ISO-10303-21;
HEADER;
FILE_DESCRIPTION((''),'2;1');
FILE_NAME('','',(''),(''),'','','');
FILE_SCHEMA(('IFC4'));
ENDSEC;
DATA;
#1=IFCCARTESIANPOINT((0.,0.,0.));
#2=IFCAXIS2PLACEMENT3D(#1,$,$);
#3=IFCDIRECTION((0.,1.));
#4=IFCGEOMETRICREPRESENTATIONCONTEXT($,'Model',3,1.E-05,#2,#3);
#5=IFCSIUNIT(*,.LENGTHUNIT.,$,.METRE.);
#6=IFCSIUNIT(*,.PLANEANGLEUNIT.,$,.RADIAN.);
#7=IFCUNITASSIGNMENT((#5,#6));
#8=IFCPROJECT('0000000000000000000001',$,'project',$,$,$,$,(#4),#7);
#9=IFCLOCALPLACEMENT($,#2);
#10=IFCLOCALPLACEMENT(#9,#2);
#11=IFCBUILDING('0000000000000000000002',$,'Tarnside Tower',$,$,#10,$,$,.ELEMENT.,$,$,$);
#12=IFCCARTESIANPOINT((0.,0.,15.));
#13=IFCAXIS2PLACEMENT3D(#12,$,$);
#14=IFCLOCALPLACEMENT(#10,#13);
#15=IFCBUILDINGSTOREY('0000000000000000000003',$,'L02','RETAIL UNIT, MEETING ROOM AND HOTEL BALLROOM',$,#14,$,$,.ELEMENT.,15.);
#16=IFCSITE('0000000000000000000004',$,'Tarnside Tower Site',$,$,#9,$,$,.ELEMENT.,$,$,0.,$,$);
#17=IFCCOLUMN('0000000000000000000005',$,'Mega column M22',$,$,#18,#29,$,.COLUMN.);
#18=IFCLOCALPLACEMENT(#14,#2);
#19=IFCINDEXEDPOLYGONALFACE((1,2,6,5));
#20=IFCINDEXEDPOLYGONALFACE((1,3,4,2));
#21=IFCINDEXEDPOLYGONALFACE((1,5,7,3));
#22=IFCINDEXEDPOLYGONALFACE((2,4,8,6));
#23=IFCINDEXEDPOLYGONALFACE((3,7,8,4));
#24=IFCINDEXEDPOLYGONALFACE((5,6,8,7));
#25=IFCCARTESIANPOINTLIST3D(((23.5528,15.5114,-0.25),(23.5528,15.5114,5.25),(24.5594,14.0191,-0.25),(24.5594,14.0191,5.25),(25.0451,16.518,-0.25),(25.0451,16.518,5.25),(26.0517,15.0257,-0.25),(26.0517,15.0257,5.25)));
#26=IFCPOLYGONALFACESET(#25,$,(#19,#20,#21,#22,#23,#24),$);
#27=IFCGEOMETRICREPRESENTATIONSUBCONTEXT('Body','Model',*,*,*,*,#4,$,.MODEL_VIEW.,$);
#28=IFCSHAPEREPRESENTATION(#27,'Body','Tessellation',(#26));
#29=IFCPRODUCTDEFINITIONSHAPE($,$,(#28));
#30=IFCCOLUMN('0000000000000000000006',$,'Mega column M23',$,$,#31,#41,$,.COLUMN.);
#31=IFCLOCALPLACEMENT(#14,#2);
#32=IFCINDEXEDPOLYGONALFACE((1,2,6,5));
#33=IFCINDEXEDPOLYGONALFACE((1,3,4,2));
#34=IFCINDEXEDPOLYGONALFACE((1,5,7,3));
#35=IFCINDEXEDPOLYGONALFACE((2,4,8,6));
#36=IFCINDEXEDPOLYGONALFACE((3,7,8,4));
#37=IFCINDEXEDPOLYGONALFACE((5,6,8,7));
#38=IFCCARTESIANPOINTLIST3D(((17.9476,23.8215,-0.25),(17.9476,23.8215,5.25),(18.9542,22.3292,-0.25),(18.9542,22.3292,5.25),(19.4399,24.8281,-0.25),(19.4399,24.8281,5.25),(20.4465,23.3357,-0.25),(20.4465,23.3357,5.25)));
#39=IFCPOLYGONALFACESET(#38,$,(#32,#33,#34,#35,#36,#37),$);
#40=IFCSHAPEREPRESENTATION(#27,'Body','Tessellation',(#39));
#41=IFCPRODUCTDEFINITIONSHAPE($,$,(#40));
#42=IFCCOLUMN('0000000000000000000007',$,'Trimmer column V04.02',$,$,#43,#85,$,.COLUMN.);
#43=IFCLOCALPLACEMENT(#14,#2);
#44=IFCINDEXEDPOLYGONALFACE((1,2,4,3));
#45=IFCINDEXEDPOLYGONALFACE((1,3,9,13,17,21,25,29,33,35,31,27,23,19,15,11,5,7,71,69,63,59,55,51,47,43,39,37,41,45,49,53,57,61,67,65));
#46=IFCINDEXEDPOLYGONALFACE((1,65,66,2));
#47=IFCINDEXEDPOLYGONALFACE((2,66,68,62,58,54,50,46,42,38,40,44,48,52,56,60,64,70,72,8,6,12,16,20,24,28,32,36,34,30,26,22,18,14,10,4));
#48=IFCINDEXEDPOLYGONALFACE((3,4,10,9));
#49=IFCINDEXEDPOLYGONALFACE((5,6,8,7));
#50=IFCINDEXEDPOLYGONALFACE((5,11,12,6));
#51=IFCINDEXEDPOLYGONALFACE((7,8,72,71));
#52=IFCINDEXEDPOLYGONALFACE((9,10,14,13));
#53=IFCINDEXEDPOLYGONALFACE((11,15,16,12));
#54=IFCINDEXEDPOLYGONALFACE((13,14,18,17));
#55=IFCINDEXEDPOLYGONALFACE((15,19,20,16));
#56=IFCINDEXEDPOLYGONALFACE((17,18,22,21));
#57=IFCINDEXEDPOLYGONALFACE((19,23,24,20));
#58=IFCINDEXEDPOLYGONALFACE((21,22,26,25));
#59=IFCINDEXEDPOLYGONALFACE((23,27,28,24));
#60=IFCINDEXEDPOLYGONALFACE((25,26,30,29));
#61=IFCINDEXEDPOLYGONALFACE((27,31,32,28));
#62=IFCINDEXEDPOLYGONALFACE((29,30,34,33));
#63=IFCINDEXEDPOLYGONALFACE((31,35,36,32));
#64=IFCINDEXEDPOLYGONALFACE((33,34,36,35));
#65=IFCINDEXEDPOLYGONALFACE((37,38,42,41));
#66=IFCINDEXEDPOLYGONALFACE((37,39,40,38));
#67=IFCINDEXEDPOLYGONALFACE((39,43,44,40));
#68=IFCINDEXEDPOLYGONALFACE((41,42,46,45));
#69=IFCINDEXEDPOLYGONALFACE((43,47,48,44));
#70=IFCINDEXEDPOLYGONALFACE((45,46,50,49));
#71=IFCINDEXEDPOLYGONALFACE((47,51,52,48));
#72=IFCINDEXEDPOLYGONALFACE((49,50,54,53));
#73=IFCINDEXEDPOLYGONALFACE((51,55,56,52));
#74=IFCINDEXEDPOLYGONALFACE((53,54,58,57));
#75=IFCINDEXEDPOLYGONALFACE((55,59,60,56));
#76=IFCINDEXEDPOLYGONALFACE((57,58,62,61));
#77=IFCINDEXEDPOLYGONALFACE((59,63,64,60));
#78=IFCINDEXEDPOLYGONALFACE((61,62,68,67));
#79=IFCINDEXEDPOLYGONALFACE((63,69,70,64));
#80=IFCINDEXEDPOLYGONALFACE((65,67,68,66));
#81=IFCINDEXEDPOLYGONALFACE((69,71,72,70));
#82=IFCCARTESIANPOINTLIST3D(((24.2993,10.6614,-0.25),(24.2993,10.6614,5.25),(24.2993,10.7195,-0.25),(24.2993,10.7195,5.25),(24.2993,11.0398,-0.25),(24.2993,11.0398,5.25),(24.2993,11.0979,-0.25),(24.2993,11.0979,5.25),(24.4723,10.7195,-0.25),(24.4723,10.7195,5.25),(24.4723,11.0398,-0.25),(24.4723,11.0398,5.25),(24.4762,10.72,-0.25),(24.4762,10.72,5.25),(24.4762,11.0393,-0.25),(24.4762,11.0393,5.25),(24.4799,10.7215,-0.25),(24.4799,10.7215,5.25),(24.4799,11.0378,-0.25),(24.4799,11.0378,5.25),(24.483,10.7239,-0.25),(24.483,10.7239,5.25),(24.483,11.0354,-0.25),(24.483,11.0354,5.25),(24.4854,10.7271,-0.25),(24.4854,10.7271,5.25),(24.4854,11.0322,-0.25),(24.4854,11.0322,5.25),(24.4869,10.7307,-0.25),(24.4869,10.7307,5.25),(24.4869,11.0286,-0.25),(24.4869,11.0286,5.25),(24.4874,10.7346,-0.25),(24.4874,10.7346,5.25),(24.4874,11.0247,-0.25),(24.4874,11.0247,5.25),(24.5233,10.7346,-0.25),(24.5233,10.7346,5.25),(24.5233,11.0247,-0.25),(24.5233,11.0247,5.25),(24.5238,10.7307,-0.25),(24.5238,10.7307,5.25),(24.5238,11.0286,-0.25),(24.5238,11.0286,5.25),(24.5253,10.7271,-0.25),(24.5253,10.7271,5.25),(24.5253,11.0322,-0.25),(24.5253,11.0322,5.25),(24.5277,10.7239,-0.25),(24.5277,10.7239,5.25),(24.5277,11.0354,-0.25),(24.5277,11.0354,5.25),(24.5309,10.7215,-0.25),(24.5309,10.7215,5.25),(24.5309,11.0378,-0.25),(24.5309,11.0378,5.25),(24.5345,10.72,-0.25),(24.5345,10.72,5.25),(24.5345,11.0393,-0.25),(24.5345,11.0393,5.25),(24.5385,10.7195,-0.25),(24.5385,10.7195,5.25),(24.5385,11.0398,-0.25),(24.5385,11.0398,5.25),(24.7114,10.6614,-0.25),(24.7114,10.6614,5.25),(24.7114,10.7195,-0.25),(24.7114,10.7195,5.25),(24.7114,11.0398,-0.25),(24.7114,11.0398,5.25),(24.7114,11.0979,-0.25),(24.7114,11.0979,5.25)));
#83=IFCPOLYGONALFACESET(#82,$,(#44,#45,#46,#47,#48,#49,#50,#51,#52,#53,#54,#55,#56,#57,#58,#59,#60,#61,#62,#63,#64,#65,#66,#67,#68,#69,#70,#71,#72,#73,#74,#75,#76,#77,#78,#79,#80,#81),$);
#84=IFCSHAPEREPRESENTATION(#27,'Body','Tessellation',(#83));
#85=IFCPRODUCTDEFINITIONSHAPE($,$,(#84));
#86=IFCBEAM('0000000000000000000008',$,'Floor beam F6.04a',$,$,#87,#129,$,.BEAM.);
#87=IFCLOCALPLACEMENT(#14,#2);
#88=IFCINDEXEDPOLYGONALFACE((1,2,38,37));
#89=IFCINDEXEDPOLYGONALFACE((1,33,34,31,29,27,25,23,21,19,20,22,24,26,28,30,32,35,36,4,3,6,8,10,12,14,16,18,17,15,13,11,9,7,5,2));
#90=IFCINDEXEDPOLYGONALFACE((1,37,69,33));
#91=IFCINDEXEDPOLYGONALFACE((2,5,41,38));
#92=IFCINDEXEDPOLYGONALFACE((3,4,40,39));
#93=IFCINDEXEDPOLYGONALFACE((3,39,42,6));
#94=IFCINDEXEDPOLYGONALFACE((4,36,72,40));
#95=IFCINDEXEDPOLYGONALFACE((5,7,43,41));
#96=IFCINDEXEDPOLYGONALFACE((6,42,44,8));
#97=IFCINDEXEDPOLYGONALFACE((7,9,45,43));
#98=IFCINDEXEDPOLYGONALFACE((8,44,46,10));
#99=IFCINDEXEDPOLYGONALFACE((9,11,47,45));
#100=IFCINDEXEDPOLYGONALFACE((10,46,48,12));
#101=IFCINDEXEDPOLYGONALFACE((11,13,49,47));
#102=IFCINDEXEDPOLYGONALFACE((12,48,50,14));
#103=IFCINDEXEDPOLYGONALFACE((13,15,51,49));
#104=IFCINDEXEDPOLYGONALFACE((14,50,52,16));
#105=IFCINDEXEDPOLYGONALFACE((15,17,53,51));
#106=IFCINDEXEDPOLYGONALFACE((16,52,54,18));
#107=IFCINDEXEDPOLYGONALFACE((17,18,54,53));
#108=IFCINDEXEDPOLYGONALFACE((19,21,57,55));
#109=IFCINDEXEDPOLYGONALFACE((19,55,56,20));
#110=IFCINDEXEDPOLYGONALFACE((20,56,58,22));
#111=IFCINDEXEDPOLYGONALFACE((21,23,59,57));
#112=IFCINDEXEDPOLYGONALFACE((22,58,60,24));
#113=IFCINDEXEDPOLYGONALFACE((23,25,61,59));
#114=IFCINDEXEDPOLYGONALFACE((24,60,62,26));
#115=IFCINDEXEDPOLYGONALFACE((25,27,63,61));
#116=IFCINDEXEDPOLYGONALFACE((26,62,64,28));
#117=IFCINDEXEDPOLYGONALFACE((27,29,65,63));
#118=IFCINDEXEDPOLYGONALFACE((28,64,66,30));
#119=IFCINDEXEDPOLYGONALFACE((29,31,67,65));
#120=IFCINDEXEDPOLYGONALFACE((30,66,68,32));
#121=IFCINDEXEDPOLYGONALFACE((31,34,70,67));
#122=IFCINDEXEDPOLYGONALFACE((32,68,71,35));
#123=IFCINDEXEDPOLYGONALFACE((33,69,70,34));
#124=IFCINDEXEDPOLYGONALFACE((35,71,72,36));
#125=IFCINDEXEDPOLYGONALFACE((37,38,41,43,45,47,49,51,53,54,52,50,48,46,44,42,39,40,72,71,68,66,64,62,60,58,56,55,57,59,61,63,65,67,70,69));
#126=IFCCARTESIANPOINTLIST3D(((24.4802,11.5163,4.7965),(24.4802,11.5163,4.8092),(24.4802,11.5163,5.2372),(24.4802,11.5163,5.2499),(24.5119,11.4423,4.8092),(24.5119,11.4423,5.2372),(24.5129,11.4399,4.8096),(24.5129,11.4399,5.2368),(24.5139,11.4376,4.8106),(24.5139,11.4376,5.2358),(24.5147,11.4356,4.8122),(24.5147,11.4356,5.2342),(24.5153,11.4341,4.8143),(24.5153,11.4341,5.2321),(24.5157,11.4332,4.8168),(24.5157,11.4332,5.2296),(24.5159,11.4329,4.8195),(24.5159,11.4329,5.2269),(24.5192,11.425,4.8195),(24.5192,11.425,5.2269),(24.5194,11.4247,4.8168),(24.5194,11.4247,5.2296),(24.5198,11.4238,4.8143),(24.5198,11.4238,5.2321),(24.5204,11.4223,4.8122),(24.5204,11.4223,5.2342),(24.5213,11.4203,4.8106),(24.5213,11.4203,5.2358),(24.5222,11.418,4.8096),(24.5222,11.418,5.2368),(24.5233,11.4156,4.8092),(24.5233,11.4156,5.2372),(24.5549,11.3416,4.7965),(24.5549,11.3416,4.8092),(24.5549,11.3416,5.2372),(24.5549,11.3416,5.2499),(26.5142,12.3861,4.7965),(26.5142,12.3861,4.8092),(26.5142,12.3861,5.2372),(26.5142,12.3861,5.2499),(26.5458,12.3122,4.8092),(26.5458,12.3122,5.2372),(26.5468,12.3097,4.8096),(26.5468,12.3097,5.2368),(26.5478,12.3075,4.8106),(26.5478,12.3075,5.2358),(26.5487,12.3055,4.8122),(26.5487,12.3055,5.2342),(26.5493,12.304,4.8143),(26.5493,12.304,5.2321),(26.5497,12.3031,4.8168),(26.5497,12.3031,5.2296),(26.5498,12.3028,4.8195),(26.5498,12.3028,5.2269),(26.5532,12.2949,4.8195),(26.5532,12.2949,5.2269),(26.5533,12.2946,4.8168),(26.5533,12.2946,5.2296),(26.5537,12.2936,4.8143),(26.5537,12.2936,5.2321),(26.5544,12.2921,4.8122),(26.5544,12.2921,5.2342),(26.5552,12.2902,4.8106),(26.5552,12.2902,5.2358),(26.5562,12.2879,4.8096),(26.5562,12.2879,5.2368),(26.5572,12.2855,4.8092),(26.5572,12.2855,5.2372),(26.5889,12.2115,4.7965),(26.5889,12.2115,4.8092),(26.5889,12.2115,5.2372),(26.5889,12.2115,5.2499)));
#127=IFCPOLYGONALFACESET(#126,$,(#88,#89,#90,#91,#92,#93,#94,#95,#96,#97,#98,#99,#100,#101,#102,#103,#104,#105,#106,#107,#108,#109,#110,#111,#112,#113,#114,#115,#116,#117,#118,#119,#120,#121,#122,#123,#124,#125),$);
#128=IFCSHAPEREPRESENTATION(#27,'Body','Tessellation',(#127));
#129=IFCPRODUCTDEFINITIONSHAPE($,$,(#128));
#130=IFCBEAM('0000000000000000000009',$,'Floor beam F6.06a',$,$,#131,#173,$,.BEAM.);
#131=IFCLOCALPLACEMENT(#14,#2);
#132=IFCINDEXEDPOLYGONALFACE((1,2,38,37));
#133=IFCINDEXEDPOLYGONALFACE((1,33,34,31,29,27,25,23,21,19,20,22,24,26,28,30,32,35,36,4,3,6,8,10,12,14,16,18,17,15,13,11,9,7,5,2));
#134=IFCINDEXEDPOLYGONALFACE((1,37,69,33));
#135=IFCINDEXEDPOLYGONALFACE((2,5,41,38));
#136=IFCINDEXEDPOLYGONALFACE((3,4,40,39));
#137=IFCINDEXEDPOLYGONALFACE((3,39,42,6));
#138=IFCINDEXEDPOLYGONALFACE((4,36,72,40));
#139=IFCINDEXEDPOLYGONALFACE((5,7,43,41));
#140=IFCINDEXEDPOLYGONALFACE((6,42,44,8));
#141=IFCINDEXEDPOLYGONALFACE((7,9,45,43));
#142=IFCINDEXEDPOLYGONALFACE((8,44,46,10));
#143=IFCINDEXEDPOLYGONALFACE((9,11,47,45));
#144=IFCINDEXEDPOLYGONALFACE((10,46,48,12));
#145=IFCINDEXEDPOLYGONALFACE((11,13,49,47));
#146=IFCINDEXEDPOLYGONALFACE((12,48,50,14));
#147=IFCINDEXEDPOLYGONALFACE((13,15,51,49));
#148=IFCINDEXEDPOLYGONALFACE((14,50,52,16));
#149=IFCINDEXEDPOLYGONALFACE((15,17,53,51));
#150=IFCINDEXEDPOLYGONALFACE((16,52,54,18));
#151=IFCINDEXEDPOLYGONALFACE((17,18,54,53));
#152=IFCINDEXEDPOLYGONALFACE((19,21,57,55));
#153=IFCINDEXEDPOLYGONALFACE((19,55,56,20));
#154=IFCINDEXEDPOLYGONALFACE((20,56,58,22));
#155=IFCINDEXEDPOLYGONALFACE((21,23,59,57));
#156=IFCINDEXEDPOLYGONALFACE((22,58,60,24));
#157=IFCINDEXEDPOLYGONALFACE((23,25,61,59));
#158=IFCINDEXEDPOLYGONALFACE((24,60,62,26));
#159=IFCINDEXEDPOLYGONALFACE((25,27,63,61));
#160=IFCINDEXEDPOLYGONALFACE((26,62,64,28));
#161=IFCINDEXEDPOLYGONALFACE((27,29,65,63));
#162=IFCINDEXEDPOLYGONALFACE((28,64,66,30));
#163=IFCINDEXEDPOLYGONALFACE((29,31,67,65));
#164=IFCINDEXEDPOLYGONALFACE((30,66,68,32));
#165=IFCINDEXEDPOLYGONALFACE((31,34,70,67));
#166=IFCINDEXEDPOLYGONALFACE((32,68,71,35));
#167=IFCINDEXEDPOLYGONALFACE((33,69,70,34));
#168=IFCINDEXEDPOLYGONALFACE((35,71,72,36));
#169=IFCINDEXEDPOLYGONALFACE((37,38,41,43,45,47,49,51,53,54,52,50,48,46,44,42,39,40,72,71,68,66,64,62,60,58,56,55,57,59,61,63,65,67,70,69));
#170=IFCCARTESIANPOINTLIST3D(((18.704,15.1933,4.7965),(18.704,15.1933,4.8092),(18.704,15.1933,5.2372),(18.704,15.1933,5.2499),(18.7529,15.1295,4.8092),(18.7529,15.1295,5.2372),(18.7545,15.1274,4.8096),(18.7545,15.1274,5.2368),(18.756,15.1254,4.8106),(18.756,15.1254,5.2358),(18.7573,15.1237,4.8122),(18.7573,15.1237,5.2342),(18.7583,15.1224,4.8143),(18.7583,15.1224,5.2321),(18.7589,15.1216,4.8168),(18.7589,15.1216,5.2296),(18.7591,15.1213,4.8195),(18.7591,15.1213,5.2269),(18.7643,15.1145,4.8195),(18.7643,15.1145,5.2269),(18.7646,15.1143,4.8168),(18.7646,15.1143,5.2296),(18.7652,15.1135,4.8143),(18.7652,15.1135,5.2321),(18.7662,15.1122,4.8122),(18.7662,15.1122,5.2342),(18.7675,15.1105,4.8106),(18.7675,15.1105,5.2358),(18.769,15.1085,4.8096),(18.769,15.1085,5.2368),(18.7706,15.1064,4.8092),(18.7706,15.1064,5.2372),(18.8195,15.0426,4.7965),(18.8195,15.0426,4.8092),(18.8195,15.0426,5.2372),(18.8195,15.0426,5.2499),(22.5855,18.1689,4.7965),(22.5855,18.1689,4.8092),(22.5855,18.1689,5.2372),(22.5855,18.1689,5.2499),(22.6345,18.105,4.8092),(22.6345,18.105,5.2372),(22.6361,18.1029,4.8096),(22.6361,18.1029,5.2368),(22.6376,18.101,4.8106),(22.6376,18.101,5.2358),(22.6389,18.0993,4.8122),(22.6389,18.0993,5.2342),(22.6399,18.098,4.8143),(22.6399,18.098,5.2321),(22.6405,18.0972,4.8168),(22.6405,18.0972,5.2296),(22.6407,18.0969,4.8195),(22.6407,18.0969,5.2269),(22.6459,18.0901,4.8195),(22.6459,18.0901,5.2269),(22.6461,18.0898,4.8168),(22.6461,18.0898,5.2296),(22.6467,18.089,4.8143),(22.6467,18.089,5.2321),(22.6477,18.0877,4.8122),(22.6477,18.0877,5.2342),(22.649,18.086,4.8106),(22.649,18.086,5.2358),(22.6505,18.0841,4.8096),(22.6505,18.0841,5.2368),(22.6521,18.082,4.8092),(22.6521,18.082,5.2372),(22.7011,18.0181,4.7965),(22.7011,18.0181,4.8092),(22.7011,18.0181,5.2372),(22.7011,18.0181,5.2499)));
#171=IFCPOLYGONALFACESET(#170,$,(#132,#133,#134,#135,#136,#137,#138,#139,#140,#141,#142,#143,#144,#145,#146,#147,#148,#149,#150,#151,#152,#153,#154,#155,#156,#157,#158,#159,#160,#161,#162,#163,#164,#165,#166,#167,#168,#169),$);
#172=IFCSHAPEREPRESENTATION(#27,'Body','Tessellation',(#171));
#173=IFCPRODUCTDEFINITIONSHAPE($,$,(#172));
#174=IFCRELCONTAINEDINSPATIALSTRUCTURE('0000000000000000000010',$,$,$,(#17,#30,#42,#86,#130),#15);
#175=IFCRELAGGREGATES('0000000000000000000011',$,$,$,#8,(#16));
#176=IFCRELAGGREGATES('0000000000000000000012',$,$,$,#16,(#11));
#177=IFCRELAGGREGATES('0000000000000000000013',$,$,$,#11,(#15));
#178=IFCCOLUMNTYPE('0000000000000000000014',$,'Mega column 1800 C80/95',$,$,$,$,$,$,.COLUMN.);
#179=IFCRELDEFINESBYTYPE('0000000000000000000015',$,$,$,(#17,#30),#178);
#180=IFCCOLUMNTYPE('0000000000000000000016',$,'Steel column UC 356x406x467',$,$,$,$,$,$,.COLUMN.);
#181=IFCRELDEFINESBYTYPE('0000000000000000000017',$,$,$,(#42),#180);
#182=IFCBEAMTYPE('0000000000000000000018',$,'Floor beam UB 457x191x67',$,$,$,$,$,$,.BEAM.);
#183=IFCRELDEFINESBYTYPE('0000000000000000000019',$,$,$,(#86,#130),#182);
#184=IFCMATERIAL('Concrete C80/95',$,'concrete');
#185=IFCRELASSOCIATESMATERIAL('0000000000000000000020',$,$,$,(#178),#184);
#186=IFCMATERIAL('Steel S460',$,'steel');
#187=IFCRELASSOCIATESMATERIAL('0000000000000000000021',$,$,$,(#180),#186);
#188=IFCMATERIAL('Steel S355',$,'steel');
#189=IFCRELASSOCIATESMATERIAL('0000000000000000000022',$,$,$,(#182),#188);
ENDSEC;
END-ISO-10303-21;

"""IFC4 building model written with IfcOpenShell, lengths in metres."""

from ifc_helpers import new_model, si_unit, direction, frame, origin, origin_2d, place, context, subcontext, project, spatial, rectangle, i_section, extrude, material, material_profile, profile_set, type_object, element, save


model = new_model("IFC4")

# Units and contexts
model_context = context("Model", 3, precision=1e-05, world=origin(), true_north=direction((0.0, 1.0)))
body_context = subcontext(model_context, "Body", "Model", "MODEL_VIEW")
ifc_project = project(units=[si_unit("LENGTHUNIT", "METRE"), si_unit("PLANEANGLEUNIT", "RADIAN")], contexts=[model_context])

# Site, building, storey
site_placement = place(None, origin())
site = spatial("IfcSite", under=ifc_project, at=site_placement, Name="Tarnside Tower Site", CompositionType="ELEMENT", RefElevation=0.0)
building_placement = place(site_placement, origin())
building = spatial("IfcBuilding", under=site, at=building_placement, Name="Tarnside Tower", CompositionType="ELEMENT")
storey_placement = place(building_placement, frame((0.0, 0.0, 15.0)))
storey = spatial("IfcBuildingStorey", under=building, at=storey_placement, Name="L02", Description="RETAIL UNIT, MEETING ROOM AND HOTEL BALLROOM", CompositionType="ELEMENT", Elevation=15.0)

# Columns
ifc_material_1 = material(Name="Concrete C80/95", Category="concrete")
ifc_material_profile_1 = material_profile(ifc_material_1, rectangle(XDim=1.8, YDim=1.8, at=origin_2d()), Name="Mega column 1800x1800")
ifc_profile_set_1 = profile_set([ifc_material_profile_1], Name="Concrete C80/95")
column_type_1 = type_object("IfcColumnType", Name="Mega column 1800 C80/95", PredefinedType="COLUMN", material=ifc_profile_set_1)
for number, where, z_axis, x_axis, name in (
    (1, (24.8022, 15.2686, -0.25), (0.0, 0.0, 1.0), (0.559193, -0.829038, 0.0), "Mega column M22"),
    (2, (19.197, 23.5786, -0.25), (0.0, 0.0, 1.0), (0.559193, -0.829038, 0.0), "Mega column M23"),
):
    element("IfcColumn", number, at=place(storey_placement, frame(where, z_axis=z_axis, x_axis=x_axis)), inside=storey, type_object=column_type_1, Name=name, PredefinedType="COLUMN", context=body_context, shape_type="SweptSolid", body=[
        extrude(rectangle(XDim=1.8, YDim=1.8, at=origin_2d()), origin(), (0.0, 0.0, 1.0), 5.5),
    ])
ifc_material_2 = material(Name="Steel S460", Category="steel")
ifc_material_profile_2 = material_profile(ifc_material_2, i_section(OverallWidth=0.4121, OverallDepth=0.4365, WebThickness=0.0359, FlangeThickness=0.0581, FilletRadius=0.0151, at=origin_2d()), Name="UC 356x406x467")
ifc_profile_set_2 = profile_set([ifc_material_profile_2], Name="Steel S460")
column_type_2 = type_object("IfcColumnType", Name="Steel column UC 356x406x467", PredefinedType="COLUMN", material=ifc_profile_set_2)
column_placement = place(storey_placement, frame((24.5054, 10.8796, -0.25), z_axis=(0.0, 0.0, 1.0), x_axis=(1.0, 0.0, 0.0)))
element("IfcColumn", 3, at=column_placement, inside=storey, type_object=column_type_2, Name="Trimmer column V04.02", PredefinedType="COLUMN", context=body_context, shape_type="SweptSolid", body=[
    extrude(i_section(OverallWidth=0.4121, OverallDepth=0.4365, WebThickness=0.0359, FlangeThickness=0.0581, FilletRadius=0.0151, at=origin_2d()), origin(), (0.0, 0.0, 1.0), 5.5),
])

# Beams
ifc_material_3 = material(Name="Steel S355", Category="steel")
ifc_material_profile_3 = material_profile(ifc_material_3, i_section(OverallWidth=0.1899, OverallDepth=0.4534, WebThickness=0.0085, FlangeThickness=0.0127, FilletRadius=0.0103, at=origin_2d()), Name="UB 457x191x67")
ifc_profile_set_3 = profile_set([ifc_material_profile_3], Name="Steel S355")
beam_type_1 = type_object("IfcBeamType", Name="Floor beam UB 457x191x67", PredefinedType="BEAM", material=ifc_profile_set_3)
beam_1_placement = place(storey_placement, frame((26.5515, 12.2988, 5.0232), z_axis=(-0.919442, -0.393227, 0.0), x_axis=(0.393227, -0.919442, 0.0)))
element("IfcBeam", 4, at=beam_1_placement, inside=storey, type_object=beam_type_1, Name="Floor beam F6.04a", PredefinedType="BEAM", context=body_context, shape_type="SweptSolid", body=[
    extrude(i_section(OverallWidth=0.1899, OverallDepth=0.4534, WebThickness=0.0085, FlangeThickness=0.0127, FilletRadius=0.0103, at=origin_2d()), origin(), (0.0, 0.0, 1.0), 2.2122),
])
beam_2_placement = place(storey_placement, frame((22.6433, 18.0935, 5.0232), z_axis=(-0.793636, -0.608393, 0.0), x_axis=(0.608393, -0.793636, 0.0)))
element("IfcBeam", 5, at=beam_2_placement, inside=storey, type_object=beam_type_1, Name="Floor beam F6.06a", PredefinedType="BEAM", context=body_context, shape_type="SweptSolid", body=[
    extrude(i_section(OverallWidth=0.1899, OverallDepth=0.4534, WebThickness=0.0085, FlangeThickness=0.0127, FilletRadius=0.0103, at=origin_2d()), origin(), (0.0, 0.0, 1.0), 4.8909),
])

save(model, "model.ifc")
